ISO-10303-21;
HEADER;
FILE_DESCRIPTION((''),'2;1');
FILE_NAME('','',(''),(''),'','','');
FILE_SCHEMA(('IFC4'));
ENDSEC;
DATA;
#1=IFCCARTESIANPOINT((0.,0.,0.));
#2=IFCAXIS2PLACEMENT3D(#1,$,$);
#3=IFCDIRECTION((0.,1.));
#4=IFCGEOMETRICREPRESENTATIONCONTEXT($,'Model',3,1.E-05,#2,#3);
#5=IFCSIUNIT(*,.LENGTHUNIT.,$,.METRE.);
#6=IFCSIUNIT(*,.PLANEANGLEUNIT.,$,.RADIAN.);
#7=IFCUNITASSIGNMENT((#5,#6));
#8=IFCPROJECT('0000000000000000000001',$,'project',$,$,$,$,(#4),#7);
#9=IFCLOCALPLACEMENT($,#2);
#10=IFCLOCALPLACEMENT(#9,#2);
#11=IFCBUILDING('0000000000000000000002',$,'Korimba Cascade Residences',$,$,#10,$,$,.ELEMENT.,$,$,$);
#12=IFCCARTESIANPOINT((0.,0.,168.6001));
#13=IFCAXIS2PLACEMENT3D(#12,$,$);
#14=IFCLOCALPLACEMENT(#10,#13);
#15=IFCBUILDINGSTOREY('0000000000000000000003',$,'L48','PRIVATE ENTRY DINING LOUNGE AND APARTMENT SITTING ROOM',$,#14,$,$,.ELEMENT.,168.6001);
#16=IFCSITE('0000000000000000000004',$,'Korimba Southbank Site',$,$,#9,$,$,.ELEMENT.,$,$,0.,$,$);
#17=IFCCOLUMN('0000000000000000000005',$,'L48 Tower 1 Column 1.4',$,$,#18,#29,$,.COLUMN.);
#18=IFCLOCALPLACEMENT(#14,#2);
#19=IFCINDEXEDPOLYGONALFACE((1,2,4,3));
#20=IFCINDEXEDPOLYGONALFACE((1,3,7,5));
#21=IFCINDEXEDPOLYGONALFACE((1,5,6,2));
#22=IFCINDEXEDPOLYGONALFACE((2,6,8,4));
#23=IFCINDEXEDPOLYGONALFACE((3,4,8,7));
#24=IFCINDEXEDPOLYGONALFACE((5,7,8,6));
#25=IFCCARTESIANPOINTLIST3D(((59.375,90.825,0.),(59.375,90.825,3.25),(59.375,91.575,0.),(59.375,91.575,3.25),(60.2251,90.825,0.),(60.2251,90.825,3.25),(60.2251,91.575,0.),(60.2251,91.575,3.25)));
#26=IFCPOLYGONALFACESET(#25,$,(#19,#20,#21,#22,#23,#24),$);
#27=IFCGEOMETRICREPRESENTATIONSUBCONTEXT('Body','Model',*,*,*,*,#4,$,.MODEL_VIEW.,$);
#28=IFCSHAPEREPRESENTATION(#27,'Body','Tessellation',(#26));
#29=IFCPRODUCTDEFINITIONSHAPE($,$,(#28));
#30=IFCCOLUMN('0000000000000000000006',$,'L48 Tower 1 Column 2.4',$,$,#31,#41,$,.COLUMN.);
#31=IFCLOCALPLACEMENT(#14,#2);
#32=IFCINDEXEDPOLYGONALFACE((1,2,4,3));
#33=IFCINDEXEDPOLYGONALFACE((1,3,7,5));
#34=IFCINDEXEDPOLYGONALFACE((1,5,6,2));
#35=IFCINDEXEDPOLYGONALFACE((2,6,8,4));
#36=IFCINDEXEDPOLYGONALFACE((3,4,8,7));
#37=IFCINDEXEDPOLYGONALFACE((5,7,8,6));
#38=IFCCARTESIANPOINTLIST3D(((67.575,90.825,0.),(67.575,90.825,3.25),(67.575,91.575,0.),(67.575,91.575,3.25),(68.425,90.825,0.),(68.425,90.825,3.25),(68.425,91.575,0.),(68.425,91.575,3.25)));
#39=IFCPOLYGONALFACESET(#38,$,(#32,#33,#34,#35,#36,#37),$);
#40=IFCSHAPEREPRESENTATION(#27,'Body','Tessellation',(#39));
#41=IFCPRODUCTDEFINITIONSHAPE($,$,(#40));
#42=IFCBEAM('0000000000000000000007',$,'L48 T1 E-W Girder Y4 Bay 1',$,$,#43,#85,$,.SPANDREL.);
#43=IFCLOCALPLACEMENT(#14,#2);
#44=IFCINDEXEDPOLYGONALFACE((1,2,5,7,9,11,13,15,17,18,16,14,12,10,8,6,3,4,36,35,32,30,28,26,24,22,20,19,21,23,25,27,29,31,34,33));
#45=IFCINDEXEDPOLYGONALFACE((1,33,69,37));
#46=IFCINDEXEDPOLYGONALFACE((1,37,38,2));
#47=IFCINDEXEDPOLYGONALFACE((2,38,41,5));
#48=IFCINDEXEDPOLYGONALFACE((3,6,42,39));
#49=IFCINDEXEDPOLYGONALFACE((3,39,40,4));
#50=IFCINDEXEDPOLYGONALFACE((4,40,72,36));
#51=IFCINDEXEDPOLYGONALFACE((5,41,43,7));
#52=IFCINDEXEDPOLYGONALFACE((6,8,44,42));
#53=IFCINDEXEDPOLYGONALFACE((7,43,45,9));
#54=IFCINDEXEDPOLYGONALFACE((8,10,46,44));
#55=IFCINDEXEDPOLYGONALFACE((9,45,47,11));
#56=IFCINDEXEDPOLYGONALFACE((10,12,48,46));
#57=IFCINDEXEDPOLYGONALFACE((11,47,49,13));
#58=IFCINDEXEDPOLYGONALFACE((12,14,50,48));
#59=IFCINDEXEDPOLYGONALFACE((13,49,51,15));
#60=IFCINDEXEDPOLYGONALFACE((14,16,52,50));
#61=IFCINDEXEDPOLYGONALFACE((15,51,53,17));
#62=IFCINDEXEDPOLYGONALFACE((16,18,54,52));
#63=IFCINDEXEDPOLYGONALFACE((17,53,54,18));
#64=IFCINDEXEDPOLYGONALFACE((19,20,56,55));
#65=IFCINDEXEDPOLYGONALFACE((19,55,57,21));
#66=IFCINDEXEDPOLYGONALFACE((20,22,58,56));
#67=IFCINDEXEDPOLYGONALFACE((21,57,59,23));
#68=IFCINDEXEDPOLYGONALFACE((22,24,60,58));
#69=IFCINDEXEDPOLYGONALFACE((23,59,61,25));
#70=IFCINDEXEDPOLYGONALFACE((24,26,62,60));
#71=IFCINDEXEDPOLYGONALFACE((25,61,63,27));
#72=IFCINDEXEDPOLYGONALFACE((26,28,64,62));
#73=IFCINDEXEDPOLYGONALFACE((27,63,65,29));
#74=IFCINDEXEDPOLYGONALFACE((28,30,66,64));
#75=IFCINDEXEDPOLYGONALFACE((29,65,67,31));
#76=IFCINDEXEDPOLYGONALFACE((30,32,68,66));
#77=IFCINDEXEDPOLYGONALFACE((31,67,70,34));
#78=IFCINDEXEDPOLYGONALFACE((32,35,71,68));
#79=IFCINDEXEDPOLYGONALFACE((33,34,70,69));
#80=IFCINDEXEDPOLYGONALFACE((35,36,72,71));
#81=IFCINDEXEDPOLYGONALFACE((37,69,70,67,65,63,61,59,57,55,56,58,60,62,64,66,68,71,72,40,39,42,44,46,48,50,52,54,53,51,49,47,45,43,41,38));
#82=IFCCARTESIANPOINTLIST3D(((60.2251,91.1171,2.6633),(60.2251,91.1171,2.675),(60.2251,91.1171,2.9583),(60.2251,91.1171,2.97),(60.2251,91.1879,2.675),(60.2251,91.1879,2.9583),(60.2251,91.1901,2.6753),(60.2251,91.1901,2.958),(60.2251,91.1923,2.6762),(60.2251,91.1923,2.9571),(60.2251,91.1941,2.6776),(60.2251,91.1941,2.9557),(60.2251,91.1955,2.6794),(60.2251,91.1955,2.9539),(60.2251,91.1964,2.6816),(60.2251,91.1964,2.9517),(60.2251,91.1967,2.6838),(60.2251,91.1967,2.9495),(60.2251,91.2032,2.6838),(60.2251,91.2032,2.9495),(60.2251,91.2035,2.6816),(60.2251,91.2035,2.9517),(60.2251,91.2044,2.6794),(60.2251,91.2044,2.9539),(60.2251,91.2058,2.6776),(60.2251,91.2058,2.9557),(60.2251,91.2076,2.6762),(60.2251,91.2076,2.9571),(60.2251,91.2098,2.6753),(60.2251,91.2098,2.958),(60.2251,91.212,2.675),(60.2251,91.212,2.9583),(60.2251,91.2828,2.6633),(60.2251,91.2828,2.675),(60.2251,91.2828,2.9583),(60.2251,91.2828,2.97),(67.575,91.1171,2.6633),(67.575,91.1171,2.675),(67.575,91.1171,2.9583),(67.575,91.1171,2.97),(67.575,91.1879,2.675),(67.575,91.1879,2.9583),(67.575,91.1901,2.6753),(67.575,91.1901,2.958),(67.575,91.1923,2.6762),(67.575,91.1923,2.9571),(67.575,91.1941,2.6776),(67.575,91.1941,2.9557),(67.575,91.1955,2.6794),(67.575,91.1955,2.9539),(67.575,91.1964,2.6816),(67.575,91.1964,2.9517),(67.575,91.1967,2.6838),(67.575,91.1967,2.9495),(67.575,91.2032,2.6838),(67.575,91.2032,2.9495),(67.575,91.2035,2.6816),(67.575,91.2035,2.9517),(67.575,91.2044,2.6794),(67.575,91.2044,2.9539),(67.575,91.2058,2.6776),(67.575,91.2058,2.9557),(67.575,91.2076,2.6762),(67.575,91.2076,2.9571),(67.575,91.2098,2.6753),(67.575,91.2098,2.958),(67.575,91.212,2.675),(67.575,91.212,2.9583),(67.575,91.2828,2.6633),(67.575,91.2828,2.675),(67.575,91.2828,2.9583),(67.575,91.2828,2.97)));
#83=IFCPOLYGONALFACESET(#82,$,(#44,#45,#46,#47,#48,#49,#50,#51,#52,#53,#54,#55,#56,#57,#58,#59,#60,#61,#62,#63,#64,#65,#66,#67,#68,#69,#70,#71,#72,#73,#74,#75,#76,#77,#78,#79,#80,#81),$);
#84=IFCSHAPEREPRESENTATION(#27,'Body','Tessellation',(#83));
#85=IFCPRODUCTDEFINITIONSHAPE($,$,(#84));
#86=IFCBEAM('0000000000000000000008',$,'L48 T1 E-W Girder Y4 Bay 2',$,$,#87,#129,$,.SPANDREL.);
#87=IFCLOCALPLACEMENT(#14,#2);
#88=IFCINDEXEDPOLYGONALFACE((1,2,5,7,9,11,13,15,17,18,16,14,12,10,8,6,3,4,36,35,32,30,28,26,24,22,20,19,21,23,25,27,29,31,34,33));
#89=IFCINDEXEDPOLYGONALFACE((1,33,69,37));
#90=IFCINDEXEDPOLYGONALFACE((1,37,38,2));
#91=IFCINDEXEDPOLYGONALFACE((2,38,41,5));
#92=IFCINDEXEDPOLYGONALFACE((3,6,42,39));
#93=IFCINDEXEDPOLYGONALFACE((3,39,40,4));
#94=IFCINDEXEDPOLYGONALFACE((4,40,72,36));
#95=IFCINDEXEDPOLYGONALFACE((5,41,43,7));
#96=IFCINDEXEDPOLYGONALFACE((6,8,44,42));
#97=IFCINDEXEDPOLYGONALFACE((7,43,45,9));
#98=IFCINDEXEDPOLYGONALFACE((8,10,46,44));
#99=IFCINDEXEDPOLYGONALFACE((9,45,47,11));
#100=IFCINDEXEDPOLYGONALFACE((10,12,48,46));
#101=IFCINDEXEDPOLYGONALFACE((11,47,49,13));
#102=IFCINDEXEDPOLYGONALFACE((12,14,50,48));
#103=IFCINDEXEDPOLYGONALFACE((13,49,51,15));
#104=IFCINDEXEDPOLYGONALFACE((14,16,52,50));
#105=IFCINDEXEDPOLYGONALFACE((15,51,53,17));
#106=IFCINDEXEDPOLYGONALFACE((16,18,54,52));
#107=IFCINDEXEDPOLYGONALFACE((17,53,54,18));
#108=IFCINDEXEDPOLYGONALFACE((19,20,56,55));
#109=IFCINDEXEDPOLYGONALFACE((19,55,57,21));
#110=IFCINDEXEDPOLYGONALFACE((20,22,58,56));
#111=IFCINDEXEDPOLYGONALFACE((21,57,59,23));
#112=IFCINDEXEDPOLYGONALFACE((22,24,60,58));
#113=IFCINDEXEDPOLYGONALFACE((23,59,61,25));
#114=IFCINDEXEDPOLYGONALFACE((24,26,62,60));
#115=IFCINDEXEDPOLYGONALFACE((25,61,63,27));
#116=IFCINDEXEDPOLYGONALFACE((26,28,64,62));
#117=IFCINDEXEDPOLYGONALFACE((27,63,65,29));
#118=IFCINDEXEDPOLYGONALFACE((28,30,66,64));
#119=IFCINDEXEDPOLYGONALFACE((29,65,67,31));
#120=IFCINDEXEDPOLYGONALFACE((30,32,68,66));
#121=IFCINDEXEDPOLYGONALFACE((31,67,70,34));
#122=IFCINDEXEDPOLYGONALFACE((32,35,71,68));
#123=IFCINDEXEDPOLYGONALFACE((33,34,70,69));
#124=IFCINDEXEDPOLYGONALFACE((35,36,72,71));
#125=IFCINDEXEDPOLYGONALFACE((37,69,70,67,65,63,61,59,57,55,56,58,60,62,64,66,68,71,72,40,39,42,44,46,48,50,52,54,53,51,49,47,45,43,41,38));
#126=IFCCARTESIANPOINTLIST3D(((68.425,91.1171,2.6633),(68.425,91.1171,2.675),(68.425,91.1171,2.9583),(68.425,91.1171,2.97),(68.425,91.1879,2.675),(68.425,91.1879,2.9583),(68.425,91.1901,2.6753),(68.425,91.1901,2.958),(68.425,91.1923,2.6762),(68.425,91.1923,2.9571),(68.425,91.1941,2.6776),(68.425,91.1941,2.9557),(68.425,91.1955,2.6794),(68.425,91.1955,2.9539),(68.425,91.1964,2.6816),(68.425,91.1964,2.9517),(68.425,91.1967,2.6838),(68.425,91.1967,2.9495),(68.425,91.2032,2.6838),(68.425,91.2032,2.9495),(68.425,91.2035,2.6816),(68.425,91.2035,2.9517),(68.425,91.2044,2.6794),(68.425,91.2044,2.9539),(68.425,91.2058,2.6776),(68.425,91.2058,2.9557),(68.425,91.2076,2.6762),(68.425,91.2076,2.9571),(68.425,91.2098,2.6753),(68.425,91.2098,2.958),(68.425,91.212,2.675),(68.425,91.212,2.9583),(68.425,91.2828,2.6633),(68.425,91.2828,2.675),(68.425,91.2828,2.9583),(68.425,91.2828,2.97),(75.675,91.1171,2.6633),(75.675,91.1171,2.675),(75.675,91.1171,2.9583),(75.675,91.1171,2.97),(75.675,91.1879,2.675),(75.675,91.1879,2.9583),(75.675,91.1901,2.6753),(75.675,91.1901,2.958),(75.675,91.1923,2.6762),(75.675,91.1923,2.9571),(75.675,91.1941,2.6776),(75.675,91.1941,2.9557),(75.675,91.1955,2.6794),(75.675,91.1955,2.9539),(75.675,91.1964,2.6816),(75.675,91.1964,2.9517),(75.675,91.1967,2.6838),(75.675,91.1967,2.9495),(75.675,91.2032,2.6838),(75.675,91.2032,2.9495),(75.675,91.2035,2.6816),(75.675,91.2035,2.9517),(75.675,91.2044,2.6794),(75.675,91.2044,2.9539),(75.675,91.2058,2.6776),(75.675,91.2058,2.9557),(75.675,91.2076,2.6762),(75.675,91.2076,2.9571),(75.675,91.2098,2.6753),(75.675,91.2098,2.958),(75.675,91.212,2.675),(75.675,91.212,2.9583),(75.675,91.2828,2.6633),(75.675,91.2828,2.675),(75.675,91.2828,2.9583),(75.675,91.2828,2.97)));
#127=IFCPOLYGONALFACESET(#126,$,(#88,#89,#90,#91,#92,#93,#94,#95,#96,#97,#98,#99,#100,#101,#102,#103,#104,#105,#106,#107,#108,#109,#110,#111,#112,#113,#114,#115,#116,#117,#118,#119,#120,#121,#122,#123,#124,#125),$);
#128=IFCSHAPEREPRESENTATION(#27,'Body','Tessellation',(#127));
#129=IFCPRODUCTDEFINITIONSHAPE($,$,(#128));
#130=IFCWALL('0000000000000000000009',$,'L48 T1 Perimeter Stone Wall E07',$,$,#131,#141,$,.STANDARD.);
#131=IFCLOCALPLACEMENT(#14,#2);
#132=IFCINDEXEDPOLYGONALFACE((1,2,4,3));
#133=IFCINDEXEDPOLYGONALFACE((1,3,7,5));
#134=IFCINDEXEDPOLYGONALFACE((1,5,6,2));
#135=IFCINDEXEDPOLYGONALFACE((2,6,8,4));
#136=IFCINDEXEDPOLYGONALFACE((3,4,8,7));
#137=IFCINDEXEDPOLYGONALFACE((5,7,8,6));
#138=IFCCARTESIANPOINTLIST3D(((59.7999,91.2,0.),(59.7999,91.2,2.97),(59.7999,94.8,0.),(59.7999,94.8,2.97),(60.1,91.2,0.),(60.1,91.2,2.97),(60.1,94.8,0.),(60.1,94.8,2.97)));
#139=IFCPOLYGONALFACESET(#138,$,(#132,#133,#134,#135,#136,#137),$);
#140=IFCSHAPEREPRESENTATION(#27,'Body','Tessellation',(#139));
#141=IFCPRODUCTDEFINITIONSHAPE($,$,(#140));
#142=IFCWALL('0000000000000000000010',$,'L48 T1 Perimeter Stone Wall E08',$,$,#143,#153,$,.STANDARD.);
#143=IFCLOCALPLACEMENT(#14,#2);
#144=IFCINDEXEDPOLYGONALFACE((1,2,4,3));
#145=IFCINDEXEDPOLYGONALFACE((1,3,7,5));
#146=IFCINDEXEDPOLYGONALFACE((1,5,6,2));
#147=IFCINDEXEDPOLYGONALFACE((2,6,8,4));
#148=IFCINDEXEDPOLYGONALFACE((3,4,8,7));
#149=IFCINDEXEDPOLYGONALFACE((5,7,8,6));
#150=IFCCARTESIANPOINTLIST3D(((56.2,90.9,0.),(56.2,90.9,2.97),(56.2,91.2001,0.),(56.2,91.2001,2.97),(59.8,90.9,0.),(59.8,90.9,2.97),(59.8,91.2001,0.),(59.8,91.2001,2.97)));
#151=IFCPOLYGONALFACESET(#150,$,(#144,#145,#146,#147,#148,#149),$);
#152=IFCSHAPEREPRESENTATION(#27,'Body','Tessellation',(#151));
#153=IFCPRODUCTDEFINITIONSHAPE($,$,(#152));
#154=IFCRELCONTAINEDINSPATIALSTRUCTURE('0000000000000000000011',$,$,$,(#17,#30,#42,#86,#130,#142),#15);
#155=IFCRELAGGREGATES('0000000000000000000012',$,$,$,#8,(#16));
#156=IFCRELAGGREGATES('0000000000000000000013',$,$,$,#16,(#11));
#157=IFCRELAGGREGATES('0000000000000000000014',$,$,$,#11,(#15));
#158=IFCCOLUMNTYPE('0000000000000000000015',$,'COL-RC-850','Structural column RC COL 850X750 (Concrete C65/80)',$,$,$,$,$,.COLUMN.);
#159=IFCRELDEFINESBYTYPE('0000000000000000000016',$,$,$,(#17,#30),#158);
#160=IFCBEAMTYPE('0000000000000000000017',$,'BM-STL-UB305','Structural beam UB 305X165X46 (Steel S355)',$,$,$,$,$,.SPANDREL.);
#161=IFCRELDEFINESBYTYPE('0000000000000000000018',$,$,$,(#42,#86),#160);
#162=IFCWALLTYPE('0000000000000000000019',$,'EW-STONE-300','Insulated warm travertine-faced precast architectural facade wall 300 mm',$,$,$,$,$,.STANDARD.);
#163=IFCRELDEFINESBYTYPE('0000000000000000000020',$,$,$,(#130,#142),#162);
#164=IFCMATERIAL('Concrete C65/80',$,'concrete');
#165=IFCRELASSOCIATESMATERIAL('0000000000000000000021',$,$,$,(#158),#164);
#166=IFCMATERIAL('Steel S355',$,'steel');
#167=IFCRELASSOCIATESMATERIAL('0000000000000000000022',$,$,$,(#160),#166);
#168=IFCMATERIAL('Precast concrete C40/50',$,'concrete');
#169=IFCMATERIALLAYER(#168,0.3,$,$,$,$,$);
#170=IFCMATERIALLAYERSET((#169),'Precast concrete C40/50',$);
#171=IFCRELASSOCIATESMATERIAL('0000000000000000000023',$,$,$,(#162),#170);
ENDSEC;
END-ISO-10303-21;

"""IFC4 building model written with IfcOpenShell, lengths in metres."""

from ifc_helpers import new_model, si_unit, direction, frame, frame_2d, origin, origin_2d, place, context, subcontext, project, spatial, rectangle, i_section, extrude, material, layer, layer_set, material_profile, profile_set, type_object, element, save


model = new_model("IFC4")

# Units and contexts
model_context = context("Model", 3, precision=1e-05, world=origin(), true_north=direction((0.0, 1.0)))
body_context = subcontext(model_context, "Body", "Model", "MODEL_VIEW")
ifc_project = project(units=[si_unit("LENGTHUNIT", "METRE"), si_unit("PLANEANGLEUNIT", "RADIAN")], contexts=[model_context])

# Site, building, storey
site_placement = place(None, origin())
site = spatial("IfcSite", under=ifc_project, at=site_placement, Name="Korimba Southbank Site", CompositionType="ELEMENT", RefElevation=0.0)
building_placement = place(site_placement, origin())
building = spatial("IfcBuilding", under=site, at=building_placement, Name="Korimba Cascade Residences", CompositionType="ELEMENT")
storey_placement = place(building_placement, frame((0.0, 0.0, 168.6001)))
storey = spatial("IfcBuildingStorey", under=building, at=storey_placement, Name="L48", Description="PRIVATE ENTRY DINING LOUNGE AND APARTMENT SITTING ROOM", CompositionType="ELEMENT", Elevation=168.6001)

# Columns
ifc_material_1 = material(Name="Concrete C65/80", Category="concrete")
ifc_material_profile_1 = material_profile(ifc_material_1, rectangle(XDim=0.8501, YDim=0.75, at=origin_2d()), Name="Concrete C65/80")
ifc_profile_set_1 = profile_set([ifc_material_profile_1], Name="Concrete C65/80")
column_type = type_object("IfcColumnType", Name="COL-RC-850", Description="Structural column RC COL 850X750 (Concrete C65/80)", PredefinedType="COLUMN", material=ifc_profile_set_1)
for number, where, z_axis, x_axis, name in (
    (1, (59.8, 91.2, 0.0), (0.0, 0.0, 1.0), (1.0, 0.0, 0.0), "L48 Tower 1 Column 1.4"),
    (2, (68.0, 91.2, 0.0), (0.0, 0.0, 1.0), (1.0, 0.0, 0.0), "L48 Tower 1 Column 2.4"),
):
    element("IfcColumn", number, at=place(storey_placement, frame(where, z_axis=z_axis, x_axis=x_axis)), inside=storey, type_object=column_type, Name=name, PredefinedType="COLUMN", context=body_context, shape_type="SweptSolid", body=[
        extrude(rectangle(XDim=0.8501, YDim=0.75, at=origin_2d()), origin(), (0.0, 0.0, 1.0), 3.25),
    ])

# Beams
ifc_material_2 = material(Name="Steel S355", Category="steel")
ifc_material_profile_2 = material_profile(ifc_material_2, i_section(OverallWidth=0.1658, OverallDepth=0.3066, WebThickness=0.0066, FlangeThickness=0.0117, FilletRadius=0.0088, at=origin_2d()), Name="Steel S355")
ifc_profile_set_2 = profile_set([ifc_material_profile_2], Name="Steel S355")
beam_type = type_object("IfcBeamType", Name="BM-STL-UB305", Description="Structural beam UB 305X165X46 (Steel S355)", PredefinedType="SPANDREL", material=ifc_profile_set_2)
beam_1_placement = place(storey_placement, frame((60.2251, 91.2, 2.8167), z_axis=(1.0, 0.0, 0.0), x_axis=(0.0, 1.0, 0.0)))
element("IfcBeam", 3, at=beam_1_placement, inside=storey, type_object=beam_type, Name="L48 T1 E-W Girder Y4 Bay 1", PredefinedType="SPANDREL", context=body_context, shape_type="SweptSolid", body=[
    extrude(i_section(OverallWidth=0.1658, OverallDepth=0.3066, WebThickness=0.0066, FlangeThickness=0.0117, FilletRadius=0.0088, at=origin_2d()), origin(), (0.0, 0.0, 1.0), 7.3499),
])
beam_2_placement = place(storey_placement, frame((68.425, 91.2, 2.8167), z_axis=(1.0, 0.0, 0.0), x_axis=(0.0, 1.0, 0.0)))
element("IfcBeam", 4, at=beam_2_placement, inside=storey, type_object=beam_type, Name="L48 T1 E-W Girder Y4 Bay 2", PredefinedType="SPANDREL", context=body_context, shape_type="SweptSolid", body=[
    extrude(i_section(OverallWidth=0.1658, OverallDepth=0.3066, WebThickness=0.0066, FlangeThickness=0.0117, FilletRadius=0.0088, at=origin_2d()), origin(), (0.0, 0.0, 1.0), 7.25),
])

# Walls
ifc_material_3 = material(Name="Precast concrete C40/50", Category="concrete")
ifc_layer_1 = layer(ifc_material_3, 0.3)
ifc_layer_set_1 = layer_set([ifc_layer_1], Name="Precast concrete C40/50")
wall_type_1 = type_object("IfcWallType", Name="EW-STONE-300", Description="Insulated warm travertine-faced precast architectural facade wall 300 mm", PredefinedType="STANDARD", material=ifc_layer_set_1)
for number, where, z_axis, x_axis, name in (
    (5, (59.95, 94.8, 0.0), (0.0, 0.0, 1.0), (0.0, -1.0, 0.0), "L48 T1 Perimeter Stone Wall E07"),
    (6, (59.8, 91.05, 0.0), (0.0, 0.0, 1.0), (-1.0, 0.0, 0.0), "L48 T1 Perimeter Stone Wall E08"),
):
    element("IfcWall", number, at=place(storey_placement, frame(where, z_axis=z_axis, x_axis=x_axis)), inside=storey, type_object=wall_type_1, Name=name, PredefinedType="STANDARD", context=body_context, shape_type="SweptSolid", body=[
        extrude(rectangle(XDim=3.6001, YDim=0.3, at=frame_2d((1.8, 0.0))), origin(), (0.0, 0.0, 1.0), 2.97),
    ])

save(model, "model.ifc")
